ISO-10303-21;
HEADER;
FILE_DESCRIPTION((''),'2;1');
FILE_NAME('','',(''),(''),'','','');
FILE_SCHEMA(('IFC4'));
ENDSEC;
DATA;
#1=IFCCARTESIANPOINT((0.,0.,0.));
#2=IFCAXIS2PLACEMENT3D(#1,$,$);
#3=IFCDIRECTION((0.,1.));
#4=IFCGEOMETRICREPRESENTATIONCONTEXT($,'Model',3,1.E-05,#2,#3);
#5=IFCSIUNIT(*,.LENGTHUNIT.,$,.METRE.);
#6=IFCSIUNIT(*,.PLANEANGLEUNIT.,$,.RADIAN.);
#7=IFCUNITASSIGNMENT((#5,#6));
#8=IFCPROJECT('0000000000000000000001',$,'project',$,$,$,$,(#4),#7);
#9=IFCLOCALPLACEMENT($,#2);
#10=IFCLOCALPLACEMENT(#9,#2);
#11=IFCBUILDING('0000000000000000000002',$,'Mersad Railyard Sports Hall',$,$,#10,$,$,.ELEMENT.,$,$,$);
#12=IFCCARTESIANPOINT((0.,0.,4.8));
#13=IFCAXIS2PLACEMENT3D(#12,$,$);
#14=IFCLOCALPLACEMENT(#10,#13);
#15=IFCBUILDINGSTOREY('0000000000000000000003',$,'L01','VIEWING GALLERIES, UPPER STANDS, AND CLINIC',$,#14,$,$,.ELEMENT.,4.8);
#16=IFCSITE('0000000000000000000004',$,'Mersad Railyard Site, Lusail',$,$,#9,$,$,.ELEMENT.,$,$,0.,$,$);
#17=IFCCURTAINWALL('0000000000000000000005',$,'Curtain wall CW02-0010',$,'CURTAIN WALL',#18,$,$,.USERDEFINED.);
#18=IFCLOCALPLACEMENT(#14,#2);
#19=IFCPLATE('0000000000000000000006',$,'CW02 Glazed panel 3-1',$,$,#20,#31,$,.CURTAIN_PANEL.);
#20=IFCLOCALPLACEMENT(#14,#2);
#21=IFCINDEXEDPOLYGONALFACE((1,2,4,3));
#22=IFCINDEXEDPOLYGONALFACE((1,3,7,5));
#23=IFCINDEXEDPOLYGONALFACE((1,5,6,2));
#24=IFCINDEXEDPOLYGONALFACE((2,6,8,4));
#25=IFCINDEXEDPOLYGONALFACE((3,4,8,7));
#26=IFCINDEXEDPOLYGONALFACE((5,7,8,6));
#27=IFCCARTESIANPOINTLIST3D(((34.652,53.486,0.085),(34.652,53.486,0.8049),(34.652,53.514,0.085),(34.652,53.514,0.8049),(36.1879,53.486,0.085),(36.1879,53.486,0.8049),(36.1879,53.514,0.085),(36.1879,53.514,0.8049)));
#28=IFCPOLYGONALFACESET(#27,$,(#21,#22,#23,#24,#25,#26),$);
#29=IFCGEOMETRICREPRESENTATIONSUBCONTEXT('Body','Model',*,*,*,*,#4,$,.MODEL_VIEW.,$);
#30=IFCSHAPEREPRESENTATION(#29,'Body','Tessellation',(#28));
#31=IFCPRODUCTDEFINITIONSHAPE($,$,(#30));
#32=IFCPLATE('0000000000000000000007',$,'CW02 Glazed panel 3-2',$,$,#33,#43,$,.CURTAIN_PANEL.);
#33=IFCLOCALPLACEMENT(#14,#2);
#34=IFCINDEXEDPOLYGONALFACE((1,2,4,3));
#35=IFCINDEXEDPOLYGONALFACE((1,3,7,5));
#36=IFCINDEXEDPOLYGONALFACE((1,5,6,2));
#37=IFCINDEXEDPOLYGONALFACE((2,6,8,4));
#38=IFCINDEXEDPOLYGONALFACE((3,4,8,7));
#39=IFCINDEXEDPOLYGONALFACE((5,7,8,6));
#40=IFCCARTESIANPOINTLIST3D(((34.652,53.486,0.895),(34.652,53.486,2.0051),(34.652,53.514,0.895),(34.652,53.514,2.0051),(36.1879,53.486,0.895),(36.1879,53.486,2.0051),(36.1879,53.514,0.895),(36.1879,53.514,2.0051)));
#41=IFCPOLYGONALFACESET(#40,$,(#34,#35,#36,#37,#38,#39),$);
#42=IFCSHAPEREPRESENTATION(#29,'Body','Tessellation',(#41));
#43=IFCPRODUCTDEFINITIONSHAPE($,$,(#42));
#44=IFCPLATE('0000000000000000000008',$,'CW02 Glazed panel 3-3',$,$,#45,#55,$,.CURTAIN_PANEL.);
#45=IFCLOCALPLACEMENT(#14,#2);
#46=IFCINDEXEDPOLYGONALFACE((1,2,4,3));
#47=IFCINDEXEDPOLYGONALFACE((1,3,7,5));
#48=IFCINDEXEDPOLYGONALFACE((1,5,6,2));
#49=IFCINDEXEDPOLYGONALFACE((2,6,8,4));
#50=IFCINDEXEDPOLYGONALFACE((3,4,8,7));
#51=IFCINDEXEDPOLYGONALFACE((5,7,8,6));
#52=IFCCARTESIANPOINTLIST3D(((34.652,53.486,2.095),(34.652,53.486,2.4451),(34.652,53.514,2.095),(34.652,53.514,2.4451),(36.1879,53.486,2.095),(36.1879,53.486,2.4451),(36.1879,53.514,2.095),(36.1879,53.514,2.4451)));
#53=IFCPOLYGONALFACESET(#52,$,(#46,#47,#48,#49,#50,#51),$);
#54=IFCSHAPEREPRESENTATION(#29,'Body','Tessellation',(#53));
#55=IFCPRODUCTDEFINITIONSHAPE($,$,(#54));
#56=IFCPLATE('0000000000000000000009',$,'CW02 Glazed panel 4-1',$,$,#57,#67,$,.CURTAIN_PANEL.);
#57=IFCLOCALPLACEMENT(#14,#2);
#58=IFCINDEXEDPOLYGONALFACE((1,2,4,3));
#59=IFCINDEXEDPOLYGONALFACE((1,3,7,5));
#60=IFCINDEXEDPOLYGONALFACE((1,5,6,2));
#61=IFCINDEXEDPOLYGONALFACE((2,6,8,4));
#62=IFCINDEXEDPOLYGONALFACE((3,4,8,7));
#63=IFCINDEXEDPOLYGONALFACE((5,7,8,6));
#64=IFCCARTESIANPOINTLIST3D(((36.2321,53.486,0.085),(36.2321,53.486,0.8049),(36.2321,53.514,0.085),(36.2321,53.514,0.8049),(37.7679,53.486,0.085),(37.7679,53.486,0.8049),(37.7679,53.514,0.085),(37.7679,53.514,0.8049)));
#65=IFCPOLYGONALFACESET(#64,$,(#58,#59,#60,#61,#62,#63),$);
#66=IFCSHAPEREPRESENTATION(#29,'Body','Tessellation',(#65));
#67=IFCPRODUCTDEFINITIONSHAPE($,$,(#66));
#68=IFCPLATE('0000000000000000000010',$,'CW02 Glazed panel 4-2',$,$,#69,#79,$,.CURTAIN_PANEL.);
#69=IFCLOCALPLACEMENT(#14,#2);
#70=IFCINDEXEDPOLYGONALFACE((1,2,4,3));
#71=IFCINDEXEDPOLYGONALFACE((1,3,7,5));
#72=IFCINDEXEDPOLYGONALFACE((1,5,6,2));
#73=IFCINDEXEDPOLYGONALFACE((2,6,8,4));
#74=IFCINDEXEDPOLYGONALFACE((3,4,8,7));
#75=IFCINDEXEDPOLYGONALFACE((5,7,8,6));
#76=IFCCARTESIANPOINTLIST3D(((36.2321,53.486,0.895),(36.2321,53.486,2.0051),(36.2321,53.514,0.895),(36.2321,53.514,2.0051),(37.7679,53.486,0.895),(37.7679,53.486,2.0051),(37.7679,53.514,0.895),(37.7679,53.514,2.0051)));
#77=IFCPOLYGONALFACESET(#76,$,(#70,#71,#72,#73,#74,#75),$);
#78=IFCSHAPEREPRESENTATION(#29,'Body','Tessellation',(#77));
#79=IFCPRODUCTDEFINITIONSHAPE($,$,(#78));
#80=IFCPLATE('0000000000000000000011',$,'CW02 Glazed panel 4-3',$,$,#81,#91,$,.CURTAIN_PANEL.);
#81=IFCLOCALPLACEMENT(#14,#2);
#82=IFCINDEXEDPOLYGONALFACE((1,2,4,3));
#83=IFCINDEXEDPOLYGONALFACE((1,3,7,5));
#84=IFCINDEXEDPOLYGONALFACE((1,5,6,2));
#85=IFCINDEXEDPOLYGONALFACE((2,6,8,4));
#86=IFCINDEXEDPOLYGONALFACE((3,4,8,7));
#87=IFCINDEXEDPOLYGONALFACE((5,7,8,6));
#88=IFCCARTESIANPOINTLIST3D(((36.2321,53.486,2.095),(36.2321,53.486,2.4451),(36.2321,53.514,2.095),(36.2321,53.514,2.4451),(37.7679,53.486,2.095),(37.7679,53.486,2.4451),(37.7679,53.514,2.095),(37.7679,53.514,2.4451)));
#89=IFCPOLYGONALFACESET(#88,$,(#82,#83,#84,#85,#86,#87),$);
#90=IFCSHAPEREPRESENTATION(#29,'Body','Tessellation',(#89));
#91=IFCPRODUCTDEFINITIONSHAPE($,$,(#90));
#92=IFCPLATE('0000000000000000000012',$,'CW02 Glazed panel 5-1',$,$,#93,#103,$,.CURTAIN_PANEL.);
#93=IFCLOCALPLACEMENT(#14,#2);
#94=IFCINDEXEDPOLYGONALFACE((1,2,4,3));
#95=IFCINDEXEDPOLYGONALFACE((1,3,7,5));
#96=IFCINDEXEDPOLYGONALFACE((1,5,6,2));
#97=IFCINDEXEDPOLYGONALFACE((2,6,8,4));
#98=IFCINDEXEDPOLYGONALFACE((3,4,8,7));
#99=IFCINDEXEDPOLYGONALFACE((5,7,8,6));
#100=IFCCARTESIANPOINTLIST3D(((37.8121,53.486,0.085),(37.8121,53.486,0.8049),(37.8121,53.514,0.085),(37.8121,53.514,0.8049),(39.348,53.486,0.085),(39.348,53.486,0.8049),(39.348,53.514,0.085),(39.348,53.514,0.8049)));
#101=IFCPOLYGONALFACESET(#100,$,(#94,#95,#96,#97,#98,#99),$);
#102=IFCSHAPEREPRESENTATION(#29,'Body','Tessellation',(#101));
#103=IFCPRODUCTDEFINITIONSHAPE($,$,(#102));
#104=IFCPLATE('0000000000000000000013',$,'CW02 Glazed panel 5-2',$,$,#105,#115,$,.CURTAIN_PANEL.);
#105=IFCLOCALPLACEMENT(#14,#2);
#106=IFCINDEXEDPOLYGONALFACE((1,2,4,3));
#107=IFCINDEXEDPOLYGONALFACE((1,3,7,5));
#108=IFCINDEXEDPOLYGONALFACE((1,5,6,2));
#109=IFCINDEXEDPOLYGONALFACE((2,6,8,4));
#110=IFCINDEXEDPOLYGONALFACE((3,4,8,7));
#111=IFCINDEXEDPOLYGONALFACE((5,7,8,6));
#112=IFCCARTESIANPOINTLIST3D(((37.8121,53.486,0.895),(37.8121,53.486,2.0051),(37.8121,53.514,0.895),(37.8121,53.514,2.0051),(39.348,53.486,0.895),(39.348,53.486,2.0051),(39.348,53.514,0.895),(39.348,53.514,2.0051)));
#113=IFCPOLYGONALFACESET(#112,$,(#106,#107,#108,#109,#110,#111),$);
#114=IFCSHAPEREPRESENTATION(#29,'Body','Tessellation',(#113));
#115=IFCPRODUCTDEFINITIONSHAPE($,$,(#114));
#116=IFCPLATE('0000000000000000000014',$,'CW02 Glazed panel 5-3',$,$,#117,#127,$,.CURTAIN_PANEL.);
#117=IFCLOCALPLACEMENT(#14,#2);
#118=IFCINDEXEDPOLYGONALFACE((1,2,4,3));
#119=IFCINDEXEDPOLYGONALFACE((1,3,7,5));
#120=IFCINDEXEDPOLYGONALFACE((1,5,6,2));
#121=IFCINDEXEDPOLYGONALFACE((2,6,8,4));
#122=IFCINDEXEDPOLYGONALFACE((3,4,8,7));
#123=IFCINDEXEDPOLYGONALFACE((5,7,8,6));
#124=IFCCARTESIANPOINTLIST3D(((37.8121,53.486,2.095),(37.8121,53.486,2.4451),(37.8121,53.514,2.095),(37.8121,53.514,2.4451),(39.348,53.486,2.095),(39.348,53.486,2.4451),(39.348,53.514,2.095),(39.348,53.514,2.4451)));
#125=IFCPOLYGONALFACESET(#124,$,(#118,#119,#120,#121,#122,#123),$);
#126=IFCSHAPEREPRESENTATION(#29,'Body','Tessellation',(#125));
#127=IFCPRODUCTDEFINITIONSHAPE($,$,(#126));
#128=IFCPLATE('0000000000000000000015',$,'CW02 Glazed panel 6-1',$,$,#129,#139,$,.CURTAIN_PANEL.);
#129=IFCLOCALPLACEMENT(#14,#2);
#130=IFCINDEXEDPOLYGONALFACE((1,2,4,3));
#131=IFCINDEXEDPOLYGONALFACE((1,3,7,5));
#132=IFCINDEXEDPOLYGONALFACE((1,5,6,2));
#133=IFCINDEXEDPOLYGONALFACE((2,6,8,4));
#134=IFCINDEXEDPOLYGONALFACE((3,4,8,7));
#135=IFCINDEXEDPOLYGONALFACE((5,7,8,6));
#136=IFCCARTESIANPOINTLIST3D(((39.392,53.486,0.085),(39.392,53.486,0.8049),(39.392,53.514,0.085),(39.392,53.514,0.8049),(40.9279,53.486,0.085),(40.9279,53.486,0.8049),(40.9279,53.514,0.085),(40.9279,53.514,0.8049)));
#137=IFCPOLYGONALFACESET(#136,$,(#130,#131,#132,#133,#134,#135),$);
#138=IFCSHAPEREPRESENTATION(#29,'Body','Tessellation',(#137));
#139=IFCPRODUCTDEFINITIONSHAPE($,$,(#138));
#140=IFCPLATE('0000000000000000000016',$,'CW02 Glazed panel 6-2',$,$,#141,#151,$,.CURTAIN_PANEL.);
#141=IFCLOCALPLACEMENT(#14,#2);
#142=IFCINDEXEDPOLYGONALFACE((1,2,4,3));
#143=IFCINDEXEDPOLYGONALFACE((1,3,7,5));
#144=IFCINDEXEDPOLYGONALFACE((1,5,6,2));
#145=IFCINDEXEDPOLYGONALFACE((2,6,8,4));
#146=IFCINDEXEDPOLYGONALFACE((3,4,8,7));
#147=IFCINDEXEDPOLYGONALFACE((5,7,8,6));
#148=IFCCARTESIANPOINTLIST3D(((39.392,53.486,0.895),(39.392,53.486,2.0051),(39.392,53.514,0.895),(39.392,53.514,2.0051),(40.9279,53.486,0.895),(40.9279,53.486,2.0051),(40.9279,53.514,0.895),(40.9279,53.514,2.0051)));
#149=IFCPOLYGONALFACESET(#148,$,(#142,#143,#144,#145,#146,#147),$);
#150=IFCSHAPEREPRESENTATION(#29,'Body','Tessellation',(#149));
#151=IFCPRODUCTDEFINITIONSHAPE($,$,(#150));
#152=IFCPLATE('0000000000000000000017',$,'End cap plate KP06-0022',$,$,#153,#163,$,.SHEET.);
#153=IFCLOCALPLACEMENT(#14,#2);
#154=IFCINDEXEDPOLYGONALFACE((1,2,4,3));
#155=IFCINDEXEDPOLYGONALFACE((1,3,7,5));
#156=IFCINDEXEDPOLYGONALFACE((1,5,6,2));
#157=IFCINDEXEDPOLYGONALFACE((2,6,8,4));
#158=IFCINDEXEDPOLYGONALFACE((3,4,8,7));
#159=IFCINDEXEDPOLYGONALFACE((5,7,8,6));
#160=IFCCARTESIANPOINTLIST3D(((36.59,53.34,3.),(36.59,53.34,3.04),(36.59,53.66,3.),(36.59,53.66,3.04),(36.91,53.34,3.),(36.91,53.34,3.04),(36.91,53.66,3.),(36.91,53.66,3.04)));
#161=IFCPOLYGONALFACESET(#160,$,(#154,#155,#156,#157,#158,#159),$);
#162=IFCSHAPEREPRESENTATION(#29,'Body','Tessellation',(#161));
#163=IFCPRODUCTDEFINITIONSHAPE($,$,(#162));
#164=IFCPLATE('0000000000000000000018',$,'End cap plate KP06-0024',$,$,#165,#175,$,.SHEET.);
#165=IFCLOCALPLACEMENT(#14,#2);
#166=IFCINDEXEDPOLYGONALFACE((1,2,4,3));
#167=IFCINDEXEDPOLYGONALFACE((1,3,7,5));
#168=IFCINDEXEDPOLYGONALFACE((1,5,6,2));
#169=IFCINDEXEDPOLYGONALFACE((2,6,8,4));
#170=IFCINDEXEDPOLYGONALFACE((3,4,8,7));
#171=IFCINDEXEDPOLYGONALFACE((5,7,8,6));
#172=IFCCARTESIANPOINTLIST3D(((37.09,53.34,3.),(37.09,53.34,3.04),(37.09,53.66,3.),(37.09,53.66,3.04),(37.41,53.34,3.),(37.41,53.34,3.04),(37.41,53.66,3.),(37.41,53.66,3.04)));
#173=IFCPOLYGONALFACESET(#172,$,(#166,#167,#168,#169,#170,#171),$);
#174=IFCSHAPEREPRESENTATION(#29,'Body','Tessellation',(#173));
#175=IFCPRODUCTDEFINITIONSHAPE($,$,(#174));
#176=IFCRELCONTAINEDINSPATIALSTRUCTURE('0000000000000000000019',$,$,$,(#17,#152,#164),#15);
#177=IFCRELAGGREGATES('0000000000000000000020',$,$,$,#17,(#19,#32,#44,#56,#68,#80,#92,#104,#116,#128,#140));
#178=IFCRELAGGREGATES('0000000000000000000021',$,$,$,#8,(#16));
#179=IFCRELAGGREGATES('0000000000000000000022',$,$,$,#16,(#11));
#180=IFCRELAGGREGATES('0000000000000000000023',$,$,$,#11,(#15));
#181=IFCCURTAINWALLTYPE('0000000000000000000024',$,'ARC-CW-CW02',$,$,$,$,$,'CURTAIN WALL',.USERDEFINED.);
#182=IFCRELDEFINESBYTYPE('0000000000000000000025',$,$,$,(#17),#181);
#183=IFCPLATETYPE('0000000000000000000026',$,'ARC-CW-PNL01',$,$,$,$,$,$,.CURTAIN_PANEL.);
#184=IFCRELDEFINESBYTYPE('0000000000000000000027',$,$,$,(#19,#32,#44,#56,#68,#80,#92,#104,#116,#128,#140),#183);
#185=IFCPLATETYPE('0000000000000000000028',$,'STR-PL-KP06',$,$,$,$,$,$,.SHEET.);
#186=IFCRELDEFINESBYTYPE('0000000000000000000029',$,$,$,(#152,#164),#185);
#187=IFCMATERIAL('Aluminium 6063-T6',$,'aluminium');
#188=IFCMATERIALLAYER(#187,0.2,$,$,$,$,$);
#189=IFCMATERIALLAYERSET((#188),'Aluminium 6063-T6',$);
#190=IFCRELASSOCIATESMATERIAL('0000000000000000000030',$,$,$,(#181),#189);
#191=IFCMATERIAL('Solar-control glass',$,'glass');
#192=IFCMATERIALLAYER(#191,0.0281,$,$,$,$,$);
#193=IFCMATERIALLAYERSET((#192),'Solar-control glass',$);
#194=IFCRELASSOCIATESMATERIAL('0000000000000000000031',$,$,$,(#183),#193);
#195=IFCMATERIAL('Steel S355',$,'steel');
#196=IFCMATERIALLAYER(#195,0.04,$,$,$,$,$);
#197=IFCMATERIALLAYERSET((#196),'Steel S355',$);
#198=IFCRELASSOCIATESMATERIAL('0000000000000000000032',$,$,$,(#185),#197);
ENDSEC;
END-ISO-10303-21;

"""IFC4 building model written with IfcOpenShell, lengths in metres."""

from ifc_helpers import new_model, si_unit, direction, frame, origin, origin_2d, place, context, subcontext, project, spatial, rectangle, extrude, material, layer, layer_set, type_object, element, aggregate, save


model = new_model("IFC4")

# Units and contexts
model_context = context("Model", 3, precision=1e-05, world=origin(), true_north=direction((0.0, 1.0)))
body_context = subcontext(model_context, "Body", "Model", "MODEL_VIEW")
ifc_project = project(units=[si_unit("LENGTHUNIT", "METRE"), si_unit("PLANEANGLEUNIT", "RADIAN")], contexts=[model_context])

# Site, building, storey
site_placement = place(None, origin())
site = spatial("IfcSite", under=ifc_project, at=site_placement, Name="Mersad Railyard Site, Lusail", CompositionType="ELEMENT", RefElevation=0.0)
building_placement = place(site_placement, origin())
building = spatial("IfcBuilding", under=site, at=building_placement, Name="Mersad Railyard Sports Hall", CompositionType="ELEMENT")
storey_placement = place(building_placement, frame((0.0, 0.0, 4.8)))
storey = spatial("IfcBuildingStorey", under=building, at=storey_placement, Name="L01", Description="VIEWING GALLERIES, UPPER STANDS, AND CLINIC", CompositionType="ELEMENT", Elevation=4.8)

# Curtain wall
ifc_material_1 = material(Name="Aluminium 6063-T6", Category="aluminium")
ifc_layer_1 = layer(ifc_material_1, 0.2)
ifc_layer_set_1 = layer_set([ifc_layer_1], Name="Aluminium 6063-T6")
curtain_wall_type = type_object("IfcCurtainWallType", Name="ARC-CW-CW02", ElementType="CURTAIN WALL", PredefinedType="USERDEFINED", material=ifc_layer_set_1)
curtain_wall_placement = place(storey_placement, origin())
curtain_wall = element("IfcCurtainWall", 1, at=curtain_wall_placement, inside=storey, type_object=curtain_wall_type, Name="Curtain wall CW02-0010", ObjectType="CURTAIN WALL", PredefinedType="USERDEFINED")

# Plates
ifc_material_2 = material(Name="Solar-control glass", Category="glass")
ifc_layer_2 = layer(ifc_material_2, 0.0281)
ifc_layer_set_2 = layer_set([ifc_layer_2], Name="Solar-control glass")
plate_type_1 = type_object("IfcPlateType", Name="ARC-CW-PNL01", PredefinedType="CURTAIN_PANEL", material=ifc_layer_set_2)
plate_1_placement = place(storey_placement, frame((35.4199, 53.5, 0.085), z_axis=(0.0, 0.0, 1.0), x_axis=(1.0, 0.0, 0.0)))
plate_1 = element("IfcPlate", 2, at=plate_1_placement, type_object=plate_type_1, Name="CW02 Glazed panel 3-1", PredefinedType="CURTAIN_PANEL", context=body_context, shape_type="SweptSolid", body=[
    extrude(rectangle(XDim=1.5359, YDim=0.0281, at=origin_2d()), origin(), (0.0, 0.0, 1.0), 0.72),
])
plate_2_placement = place(storey_placement, frame((35.4199, 53.5, 0.895), z_axis=(0.0, 0.0, 1.0), x_axis=(1.0, 0.0, 0.0)))
plate_2 = element("IfcPlate", 3, at=plate_2_placement, type_object=plate_type_1, Name="CW02 Glazed panel 3-2", PredefinedType="CURTAIN_PANEL", context=body_context, shape_type="SweptSolid", body=[
    extrude(rectangle(XDim=1.5359, YDim=0.0281, at=origin_2d()), origin(), (0.0, 0.0, 1.0), 1.1101),
])
plate_3_placement = place(storey_placement, frame((35.4199, 53.5, 2.095), z_axis=(0.0, 0.0, 1.0), x_axis=(1.0, 0.0, 0.0)))
plate_3 = element("IfcPlate", 4, at=plate_3_placement, type_object=plate_type_1, Name="CW02 Glazed panel 3-3", PredefinedType="CURTAIN_PANEL", context=body_context, shape_type="SweptSolid", body=[
    extrude(rectangle(XDim=1.5359, YDim=0.0281, at=origin_2d()), origin(), (0.0, 0.0, 1.0), 0.3501),
])
plate_4_placement = place(storey_placement, frame((37.0, 53.5, 0.085), z_axis=(0.0, 0.0, 1.0), x_axis=(1.0, 0.0, 0.0)))
plate_4 = element("IfcPlate", 5, at=plate_4_placement, type_object=plate_type_1, Name="CW02 Glazed panel 4-1", PredefinedType="CURTAIN_PANEL", context=body_context, shape_type="SweptSolid", body=[
    extrude(rectangle(XDim=1.5359, YDim=0.0281, at=origin_2d()), origin(), (0.0, 0.0, 1.0), 0.72),
])
plate_5_placement = place(storey_placement, frame((37.0, 53.5, 0.895), z_axis=(0.0, 0.0, 1.0), x_axis=(1.0, 0.0, 0.0)))
plate_5 = element("IfcPlate", 6, at=plate_5_placement, type_object=plate_type_1, Name="CW02 Glazed panel 4-2", PredefinedType="CURTAIN_PANEL", context=body_context, shape_type="SweptSolid", body=[
    extrude(rectangle(XDim=1.5359, YDim=0.0281, at=origin_2d()), origin(), (0.0, 0.0, 1.0), 1.1101),
])
plate_6_placement = place(storey_placement, frame((37.0, 53.5, 2.095), z_axis=(0.0, 0.0, 1.0), x_axis=(1.0, 0.0, 0.0)))
plate_6 = element("IfcPlate", 7, at=plate_6_placement, type_object=plate_type_1, Name="CW02 Glazed panel 4-3", PredefinedType="CURTAIN_PANEL", context=body_context, shape_type="SweptSolid", body=[
    extrude(rectangle(XDim=1.5359, YDim=0.0281, at=origin_2d()), origin(), (0.0, 0.0, 1.0), 0.3501),
])
plate_7_placement = place(storey_placement, frame((38.5801, 53.5, 0.085), z_axis=(0.0, 0.0, 1.0), x_axis=(1.0, 0.0, 0.0)))
plate_7 = element("IfcPlate", 8, at=plate_7_placement, type_object=plate_type_1, Name="CW02 Glazed panel 5-1", PredefinedType="CURTAIN_PANEL", context=body_context, shape_type="SweptSolid", body=[
    extrude(rectangle(XDim=1.5359, YDim=0.0281, at=origin_2d()), origin(), (0.0, 0.0, 1.0), 0.72),
])
plate_8_placement = place(storey_placement, frame((38.5801, 53.5, 0.895), z_axis=(0.0, 0.0, 1.0), x_axis=(1.0, 0.0, 0.0)))
plate_8 = element("IfcPlate", 9, at=plate_8_placement, type_object=plate_type_1, Name="CW02 Glazed panel 5-2", PredefinedType="CURTAIN_PANEL", context=body_context, shape_type="SweptSolid", body=[
    extrude(rectangle(XDim=1.5359, YDim=0.0281, at=origin_2d()), origin(), (0.0, 0.0, 1.0), 1.1101),
])
plate_9_placement = place(storey_placement, frame((38.5801, 53.5, 2.095), z_axis=(0.0, 0.0, 1.0), x_axis=(1.0, 0.0, 0.0)))
plate_9 = element("IfcPlate", 10, at=plate_9_placement, type_object=plate_type_1, Name="CW02 Glazed panel 5-3", PredefinedType="CURTAIN_PANEL", context=body_context, shape_type="SweptSolid", body=[
    extrude(rectangle(XDim=1.5359, YDim=0.0281, at=origin_2d()), origin(), (0.0, 0.0, 1.0), 0.3501),
])
plate_10_placement = place(storey_placement, frame((40.1599, 53.5, 0.085), z_axis=(0.0, 0.0, 1.0), x_axis=(1.0, 0.0, 0.0)))
plate_10 = element("IfcPlate", 11, at=plate_10_placement, type_object=plate_type_1, Name="CW02 Glazed panel 6-1", PredefinedType="CURTAIN_PANEL", context=body_context, shape_type="SweptSolid", body=[
    extrude(rectangle(XDim=1.5359, YDim=0.0281, at=origin_2d()), origin(), (0.0, 0.0, 1.0), 0.72),
])
plate_11_placement = place(storey_placement, frame((40.1599, 53.5, 0.895), z_axis=(0.0, 0.0, 1.0), x_axis=(1.0, 0.0, 0.0)))
plate_11 = element("IfcPlate", 12, at=plate_11_placement, type_object=plate_type_1, Name="CW02 Glazed panel 6-2", PredefinedType="CURTAIN_PANEL", context=body_context, shape_type="SweptSolid", body=[
    extrude(rectangle(XDim=1.5359, YDim=0.0281, at=origin_2d()), origin(), (0.0, 0.0, 1.0), 1.1101),
])
aggregate(curtain_wall, [plate_1, plate_2, plate_3, plate_4, plate_5, plate_6, plate_7, plate_8, plate_9, plate_10, plate_11])

# Plates
ifc_material_3 = material(Name="Steel S355", Category="steel")
ifc_layer_3 = layer(ifc_material_3, 0.04)
ifc_layer_set_3 = layer_set([ifc_layer_3], Name="Steel S355")
plate_type_2 = type_object("IfcPlateType", Name="STR-PL-KP06", PredefinedType="SHEET", material=ifc_layer_set_3)
for number, where, z_axis, x_axis, name in (
    (13, (36.75, 53.5, 3.0), (0.0, 0.0, 1.0), (1.0, 0.0, 0.0), "End cap plate KP06-0022"),
    (14, (37.25, 53.5, 3.0), (0.0, 0.0, 1.0), (1.0, 0.0, 0.0), "End cap plate KP06-0024"),
):
    element("IfcPlate", number, at=place(storey_placement, frame(where, z_axis=z_axis, x_axis=x_axis)), inside=storey, type_object=plate_type_2, Name=name, PredefinedType="SHEET", context=body_context, shape_type="SweptSolid", body=[
        extrude(rectangle(XDim=0.3201, YDim=0.3201, at=origin_2d()), origin(), (0.0, 0.0, 1.0), 0.04),
    ])

save(model, "model.ifc")
